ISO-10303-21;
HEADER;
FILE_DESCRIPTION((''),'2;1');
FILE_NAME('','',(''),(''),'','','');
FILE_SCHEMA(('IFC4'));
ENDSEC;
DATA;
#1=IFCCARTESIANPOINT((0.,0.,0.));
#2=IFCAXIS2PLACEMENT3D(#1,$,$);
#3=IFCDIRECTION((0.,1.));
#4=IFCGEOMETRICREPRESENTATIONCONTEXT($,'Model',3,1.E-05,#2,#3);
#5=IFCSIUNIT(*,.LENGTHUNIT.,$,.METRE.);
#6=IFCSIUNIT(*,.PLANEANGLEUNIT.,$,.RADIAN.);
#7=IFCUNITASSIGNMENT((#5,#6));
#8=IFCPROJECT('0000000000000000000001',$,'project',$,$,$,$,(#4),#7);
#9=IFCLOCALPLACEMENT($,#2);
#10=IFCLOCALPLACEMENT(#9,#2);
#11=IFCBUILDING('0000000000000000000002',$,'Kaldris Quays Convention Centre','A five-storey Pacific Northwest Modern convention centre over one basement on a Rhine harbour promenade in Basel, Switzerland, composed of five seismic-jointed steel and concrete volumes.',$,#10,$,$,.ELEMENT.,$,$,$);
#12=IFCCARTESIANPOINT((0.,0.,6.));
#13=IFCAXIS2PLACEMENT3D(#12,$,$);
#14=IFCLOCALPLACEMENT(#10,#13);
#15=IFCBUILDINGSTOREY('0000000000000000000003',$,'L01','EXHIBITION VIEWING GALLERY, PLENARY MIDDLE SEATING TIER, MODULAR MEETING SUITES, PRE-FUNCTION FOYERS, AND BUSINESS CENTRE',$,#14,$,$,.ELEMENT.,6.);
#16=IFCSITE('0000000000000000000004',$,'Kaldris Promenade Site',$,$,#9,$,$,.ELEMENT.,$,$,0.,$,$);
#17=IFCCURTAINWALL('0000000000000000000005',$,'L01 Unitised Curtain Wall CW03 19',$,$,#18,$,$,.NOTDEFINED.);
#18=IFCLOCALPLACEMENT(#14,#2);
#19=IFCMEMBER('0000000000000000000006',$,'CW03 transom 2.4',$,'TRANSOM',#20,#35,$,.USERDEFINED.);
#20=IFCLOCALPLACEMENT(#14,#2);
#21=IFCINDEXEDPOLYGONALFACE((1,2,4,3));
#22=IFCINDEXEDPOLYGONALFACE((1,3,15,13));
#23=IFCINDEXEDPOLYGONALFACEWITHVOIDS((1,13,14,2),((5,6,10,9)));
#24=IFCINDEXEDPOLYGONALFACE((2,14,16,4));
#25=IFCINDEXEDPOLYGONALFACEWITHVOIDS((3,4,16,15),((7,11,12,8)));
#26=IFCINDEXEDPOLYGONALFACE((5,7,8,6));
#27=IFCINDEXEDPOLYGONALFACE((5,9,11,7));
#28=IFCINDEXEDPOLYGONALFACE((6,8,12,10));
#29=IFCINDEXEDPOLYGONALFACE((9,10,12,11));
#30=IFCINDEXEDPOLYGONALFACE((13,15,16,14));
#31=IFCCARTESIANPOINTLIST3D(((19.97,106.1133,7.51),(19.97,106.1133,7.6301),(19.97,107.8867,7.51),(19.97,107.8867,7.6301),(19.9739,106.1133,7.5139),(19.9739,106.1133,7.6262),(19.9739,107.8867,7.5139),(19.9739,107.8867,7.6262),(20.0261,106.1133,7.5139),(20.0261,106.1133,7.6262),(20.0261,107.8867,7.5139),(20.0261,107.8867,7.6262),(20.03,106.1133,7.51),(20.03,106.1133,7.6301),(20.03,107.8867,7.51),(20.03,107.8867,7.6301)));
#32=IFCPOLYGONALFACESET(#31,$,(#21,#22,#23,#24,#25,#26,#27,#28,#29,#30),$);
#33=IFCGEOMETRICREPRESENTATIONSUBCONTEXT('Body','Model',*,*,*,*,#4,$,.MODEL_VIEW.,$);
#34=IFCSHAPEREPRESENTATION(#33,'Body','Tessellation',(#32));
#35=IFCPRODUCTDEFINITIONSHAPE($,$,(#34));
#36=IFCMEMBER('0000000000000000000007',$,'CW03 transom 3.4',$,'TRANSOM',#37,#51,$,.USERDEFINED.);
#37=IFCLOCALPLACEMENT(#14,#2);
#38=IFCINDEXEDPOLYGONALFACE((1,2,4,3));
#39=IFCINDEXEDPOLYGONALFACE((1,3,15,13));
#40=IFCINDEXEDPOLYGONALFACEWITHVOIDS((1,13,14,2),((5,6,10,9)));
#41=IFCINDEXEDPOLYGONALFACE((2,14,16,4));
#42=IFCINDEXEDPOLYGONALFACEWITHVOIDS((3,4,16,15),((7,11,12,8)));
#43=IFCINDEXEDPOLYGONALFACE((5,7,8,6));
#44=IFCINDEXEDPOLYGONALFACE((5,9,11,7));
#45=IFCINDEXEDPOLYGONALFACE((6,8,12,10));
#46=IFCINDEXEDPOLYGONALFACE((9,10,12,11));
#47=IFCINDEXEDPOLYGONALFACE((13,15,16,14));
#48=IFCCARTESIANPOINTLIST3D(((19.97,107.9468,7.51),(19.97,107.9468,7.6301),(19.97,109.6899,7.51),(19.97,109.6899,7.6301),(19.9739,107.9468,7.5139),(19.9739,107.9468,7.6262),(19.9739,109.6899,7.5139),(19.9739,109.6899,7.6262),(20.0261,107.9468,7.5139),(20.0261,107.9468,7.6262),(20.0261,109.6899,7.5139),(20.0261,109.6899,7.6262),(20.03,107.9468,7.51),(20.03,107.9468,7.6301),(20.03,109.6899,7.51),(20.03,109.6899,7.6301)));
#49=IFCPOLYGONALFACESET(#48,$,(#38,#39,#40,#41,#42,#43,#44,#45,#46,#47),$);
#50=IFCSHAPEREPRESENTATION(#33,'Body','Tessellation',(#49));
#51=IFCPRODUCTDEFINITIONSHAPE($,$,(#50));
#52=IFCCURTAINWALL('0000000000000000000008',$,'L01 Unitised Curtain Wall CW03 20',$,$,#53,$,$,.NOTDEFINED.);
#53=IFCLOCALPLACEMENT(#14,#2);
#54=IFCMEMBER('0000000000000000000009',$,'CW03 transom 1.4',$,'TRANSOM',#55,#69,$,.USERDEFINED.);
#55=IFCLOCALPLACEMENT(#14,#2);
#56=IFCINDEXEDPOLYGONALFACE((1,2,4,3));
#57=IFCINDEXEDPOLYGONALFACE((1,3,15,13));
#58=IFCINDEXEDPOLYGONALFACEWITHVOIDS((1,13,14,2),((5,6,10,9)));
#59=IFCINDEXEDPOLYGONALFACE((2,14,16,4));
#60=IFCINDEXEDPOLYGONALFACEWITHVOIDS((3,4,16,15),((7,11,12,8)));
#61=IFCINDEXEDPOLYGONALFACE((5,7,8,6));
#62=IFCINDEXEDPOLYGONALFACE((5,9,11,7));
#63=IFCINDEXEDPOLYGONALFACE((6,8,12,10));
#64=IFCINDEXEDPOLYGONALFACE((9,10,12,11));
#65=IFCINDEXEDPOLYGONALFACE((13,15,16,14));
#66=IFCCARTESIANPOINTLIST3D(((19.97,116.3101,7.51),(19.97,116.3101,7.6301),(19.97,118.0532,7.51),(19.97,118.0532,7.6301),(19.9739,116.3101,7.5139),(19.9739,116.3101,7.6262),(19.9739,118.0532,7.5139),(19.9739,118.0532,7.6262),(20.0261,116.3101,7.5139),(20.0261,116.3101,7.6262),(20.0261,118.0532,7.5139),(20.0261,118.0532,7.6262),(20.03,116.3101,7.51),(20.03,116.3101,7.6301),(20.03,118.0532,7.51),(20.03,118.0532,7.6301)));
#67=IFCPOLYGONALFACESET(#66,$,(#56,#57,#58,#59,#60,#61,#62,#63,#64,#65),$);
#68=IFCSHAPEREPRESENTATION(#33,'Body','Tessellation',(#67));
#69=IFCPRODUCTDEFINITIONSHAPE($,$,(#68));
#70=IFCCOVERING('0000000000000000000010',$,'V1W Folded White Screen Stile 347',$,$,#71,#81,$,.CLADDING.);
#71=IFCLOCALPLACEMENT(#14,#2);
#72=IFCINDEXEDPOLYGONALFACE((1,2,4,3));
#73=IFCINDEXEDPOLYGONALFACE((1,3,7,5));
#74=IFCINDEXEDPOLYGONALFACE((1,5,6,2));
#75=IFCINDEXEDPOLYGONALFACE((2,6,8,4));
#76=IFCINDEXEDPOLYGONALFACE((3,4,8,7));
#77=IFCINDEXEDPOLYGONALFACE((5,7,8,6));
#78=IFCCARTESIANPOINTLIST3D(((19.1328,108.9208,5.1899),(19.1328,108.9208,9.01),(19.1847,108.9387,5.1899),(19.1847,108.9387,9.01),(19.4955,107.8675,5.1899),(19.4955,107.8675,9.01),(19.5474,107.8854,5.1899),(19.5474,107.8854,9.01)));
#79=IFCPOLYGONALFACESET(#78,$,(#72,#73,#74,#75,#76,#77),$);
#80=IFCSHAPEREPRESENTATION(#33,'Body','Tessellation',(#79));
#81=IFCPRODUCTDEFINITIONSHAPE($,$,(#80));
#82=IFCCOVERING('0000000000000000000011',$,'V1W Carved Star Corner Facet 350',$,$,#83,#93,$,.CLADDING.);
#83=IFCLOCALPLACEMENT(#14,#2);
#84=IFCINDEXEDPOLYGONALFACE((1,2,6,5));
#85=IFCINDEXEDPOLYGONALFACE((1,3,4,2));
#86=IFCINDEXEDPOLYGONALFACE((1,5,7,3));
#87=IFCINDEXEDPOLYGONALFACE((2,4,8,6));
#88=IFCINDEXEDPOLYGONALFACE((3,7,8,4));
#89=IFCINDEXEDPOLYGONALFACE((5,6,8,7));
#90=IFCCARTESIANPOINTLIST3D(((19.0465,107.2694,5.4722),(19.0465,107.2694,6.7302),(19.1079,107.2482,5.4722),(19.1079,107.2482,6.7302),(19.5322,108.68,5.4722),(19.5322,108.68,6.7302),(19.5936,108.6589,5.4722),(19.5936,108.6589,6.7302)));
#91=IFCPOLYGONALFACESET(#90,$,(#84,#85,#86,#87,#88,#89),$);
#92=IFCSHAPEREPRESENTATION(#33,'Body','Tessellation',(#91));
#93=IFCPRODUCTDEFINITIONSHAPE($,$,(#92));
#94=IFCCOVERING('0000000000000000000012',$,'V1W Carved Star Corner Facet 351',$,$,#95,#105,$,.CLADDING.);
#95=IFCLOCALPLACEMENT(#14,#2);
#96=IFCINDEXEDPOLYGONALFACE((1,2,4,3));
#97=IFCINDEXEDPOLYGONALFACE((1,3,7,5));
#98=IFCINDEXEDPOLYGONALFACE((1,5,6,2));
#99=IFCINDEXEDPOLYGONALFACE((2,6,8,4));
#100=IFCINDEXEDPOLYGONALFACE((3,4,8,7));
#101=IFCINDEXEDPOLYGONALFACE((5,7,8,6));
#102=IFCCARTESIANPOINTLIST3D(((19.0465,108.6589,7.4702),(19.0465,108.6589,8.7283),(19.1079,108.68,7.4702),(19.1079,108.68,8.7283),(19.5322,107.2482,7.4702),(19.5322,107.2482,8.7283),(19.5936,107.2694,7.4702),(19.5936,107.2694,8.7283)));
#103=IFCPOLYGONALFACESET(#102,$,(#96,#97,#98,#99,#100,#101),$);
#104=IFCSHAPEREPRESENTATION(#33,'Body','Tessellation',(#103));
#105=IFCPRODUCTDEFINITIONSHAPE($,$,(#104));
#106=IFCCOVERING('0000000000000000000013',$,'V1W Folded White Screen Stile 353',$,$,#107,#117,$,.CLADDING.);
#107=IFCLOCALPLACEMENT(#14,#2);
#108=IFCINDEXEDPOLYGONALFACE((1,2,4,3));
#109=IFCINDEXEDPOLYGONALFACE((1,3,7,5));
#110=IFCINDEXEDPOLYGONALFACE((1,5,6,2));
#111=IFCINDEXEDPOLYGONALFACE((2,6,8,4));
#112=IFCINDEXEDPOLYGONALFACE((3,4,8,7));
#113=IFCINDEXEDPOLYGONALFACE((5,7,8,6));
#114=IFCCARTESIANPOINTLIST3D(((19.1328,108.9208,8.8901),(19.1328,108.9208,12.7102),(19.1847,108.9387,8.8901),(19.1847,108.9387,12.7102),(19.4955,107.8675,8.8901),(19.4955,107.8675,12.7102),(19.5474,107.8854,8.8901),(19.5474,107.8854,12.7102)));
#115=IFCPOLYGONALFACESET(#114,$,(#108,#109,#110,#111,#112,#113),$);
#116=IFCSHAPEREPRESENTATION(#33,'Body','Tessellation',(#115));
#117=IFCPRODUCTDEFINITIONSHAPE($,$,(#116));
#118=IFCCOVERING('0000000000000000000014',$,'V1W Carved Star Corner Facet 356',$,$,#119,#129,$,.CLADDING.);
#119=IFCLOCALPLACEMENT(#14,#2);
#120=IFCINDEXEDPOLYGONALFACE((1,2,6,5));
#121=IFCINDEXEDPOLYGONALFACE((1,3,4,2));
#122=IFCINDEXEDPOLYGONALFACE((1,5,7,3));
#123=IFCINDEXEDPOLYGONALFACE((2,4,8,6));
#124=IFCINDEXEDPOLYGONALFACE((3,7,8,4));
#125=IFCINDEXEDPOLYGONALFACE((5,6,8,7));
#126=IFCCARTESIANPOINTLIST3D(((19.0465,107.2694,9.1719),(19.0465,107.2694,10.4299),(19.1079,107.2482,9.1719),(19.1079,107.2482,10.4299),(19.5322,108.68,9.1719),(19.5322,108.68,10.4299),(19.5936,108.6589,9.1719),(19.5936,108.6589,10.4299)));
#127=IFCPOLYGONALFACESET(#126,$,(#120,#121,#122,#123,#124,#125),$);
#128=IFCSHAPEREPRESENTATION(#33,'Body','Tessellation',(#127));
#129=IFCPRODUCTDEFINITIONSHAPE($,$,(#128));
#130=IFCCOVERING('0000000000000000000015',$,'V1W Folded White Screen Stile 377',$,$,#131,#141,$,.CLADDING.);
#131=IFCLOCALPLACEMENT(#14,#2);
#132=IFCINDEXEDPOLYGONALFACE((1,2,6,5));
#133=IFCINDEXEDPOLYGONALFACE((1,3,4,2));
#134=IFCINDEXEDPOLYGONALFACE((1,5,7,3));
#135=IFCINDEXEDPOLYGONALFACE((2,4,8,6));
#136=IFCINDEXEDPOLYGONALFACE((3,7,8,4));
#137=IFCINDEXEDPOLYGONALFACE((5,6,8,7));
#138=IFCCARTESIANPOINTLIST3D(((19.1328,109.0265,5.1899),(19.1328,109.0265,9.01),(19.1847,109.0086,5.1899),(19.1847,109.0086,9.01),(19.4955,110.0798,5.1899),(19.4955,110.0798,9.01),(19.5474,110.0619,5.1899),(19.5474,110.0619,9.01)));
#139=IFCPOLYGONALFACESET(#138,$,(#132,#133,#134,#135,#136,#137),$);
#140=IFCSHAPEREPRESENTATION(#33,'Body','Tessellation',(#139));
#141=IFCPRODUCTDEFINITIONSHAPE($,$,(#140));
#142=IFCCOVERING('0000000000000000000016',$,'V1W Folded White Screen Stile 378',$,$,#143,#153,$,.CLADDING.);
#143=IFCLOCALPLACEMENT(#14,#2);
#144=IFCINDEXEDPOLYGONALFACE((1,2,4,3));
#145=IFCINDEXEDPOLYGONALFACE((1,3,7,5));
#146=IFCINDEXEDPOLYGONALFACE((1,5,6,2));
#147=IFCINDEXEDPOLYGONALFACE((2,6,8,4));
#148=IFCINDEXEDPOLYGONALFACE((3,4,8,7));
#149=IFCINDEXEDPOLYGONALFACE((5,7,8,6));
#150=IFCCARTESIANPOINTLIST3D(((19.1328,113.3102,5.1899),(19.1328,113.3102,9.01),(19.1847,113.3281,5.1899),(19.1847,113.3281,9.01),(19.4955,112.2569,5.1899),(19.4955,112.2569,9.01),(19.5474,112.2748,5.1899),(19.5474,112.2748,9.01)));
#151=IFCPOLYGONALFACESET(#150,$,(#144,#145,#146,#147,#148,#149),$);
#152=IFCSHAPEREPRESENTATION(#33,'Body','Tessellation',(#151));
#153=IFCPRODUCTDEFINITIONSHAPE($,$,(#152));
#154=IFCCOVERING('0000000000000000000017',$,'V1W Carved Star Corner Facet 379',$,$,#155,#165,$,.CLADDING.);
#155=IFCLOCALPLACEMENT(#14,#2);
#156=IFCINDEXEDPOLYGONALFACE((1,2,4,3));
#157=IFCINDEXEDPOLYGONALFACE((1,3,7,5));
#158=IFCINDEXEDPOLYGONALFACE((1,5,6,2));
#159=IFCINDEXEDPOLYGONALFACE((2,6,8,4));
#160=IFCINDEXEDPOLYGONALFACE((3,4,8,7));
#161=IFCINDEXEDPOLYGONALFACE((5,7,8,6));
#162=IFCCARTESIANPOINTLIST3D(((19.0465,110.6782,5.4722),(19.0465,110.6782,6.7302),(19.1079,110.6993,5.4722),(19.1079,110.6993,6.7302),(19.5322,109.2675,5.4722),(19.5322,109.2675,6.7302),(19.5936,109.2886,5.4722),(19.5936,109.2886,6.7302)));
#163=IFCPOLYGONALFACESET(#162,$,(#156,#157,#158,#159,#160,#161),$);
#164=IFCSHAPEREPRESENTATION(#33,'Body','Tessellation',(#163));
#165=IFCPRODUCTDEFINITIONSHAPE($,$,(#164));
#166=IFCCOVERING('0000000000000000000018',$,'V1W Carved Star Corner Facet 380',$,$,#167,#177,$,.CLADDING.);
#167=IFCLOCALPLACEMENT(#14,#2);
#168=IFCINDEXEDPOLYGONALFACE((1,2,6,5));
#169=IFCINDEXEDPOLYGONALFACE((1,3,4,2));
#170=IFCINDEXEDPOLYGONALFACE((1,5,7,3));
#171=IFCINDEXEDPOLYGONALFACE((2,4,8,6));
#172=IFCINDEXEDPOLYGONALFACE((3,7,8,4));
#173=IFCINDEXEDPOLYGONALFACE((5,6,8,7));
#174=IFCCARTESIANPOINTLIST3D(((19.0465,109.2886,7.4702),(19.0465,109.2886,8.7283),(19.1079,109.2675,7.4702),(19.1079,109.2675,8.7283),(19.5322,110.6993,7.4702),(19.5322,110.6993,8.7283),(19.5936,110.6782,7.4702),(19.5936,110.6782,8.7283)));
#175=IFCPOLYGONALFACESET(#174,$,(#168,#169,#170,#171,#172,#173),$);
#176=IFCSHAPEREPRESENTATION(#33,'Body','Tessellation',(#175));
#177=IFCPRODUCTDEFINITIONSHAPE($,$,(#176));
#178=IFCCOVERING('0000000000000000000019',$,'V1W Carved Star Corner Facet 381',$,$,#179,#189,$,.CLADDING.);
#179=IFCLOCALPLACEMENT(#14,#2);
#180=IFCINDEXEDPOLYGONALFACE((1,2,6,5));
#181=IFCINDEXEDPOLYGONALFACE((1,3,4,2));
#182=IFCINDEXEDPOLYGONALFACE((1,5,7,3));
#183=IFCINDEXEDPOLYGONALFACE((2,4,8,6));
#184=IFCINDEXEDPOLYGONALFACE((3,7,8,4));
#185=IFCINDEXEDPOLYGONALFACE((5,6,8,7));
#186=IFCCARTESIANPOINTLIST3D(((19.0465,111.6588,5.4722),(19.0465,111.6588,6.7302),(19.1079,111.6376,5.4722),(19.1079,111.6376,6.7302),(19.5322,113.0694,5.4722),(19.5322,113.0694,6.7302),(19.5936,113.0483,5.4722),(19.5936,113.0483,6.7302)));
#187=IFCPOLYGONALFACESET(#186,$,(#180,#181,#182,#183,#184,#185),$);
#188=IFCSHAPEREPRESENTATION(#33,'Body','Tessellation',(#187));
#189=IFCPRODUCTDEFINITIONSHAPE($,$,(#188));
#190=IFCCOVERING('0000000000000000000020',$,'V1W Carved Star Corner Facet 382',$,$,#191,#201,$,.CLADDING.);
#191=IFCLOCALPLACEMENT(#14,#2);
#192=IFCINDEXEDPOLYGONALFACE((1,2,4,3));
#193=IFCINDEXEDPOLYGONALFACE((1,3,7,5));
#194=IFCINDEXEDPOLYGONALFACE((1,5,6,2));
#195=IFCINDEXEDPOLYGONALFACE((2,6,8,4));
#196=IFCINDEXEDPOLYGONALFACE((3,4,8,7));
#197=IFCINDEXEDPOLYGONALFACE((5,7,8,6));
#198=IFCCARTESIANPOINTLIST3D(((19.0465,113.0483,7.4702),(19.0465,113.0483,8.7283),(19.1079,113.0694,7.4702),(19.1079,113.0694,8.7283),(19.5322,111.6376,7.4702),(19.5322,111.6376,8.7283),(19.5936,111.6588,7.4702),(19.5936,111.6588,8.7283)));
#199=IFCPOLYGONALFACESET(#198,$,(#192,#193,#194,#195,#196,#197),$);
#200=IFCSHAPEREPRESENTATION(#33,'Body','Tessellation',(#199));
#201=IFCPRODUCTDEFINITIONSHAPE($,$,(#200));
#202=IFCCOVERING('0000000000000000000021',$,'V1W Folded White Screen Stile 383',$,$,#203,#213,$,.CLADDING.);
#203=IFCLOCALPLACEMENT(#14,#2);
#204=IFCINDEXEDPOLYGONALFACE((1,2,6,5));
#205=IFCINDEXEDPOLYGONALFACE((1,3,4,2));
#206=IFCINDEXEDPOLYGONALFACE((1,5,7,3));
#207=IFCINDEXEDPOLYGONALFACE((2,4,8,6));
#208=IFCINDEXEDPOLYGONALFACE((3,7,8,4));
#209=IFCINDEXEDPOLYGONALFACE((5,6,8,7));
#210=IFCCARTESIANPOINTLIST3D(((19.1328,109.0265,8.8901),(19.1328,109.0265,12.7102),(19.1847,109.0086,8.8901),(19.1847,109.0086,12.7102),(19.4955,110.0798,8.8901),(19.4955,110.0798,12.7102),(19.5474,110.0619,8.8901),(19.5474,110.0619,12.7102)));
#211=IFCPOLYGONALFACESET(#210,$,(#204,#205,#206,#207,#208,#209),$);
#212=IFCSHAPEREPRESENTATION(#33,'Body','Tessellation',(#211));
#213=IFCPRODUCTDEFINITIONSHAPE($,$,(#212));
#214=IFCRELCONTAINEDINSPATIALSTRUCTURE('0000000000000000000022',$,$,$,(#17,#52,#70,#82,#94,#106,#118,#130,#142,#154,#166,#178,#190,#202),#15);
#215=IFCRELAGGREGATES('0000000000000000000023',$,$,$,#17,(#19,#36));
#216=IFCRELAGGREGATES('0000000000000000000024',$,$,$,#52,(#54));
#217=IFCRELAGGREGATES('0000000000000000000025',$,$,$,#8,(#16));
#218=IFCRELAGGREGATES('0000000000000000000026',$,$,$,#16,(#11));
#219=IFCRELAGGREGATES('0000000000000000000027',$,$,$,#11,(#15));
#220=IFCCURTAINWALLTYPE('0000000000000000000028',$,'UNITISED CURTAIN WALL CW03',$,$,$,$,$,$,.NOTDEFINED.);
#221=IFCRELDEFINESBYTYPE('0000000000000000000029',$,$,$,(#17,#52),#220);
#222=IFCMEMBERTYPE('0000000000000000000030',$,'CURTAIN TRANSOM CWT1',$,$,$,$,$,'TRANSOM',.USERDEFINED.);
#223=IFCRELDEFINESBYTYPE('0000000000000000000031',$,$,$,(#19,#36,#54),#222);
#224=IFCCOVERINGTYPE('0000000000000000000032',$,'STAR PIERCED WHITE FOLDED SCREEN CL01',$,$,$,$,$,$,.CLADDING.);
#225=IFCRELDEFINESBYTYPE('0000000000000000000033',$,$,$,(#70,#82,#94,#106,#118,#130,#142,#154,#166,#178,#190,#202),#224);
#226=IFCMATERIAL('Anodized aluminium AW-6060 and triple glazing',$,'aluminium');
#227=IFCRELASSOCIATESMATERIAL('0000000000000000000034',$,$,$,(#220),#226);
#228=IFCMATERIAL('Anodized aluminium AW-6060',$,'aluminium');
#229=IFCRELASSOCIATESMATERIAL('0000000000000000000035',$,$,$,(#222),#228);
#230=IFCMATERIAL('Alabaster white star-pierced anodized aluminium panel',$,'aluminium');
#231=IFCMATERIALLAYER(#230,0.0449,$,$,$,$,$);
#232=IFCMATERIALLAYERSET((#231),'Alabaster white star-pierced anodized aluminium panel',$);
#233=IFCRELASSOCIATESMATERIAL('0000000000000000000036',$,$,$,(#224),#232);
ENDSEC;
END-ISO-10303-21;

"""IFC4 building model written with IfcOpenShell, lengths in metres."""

from ifc_helpers import new_model, si_unit, direction, frame, origin, origin_2d, place, context, subcontext, project, spatial, rectangle, hollow_rectangle, extrude, material, layer, layer_set, material_profile, profile_set, type_object, element, aggregate, save


model = new_model("IFC4")

# Units and contexts
model_context = context("Model", 3, precision=1e-05, world=origin(), true_north=direction((0.0, 1.0)))
body_context = subcontext(model_context, "Body", "Model", "MODEL_VIEW")
ifc_project = project(units=[si_unit("LENGTHUNIT", "METRE"), si_unit("PLANEANGLEUNIT", "RADIAN")], contexts=[model_context])

# Site, building, storey
site_placement = place(None, origin())
site = spatial("IfcSite", under=ifc_project, at=site_placement, Name="Kaldris Promenade Site", CompositionType="ELEMENT", RefElevation=0.0)
building_placement = place(site_placement, origin())
building = spatial("IfcBuilding", under=site, at=building_placement, Name="Kaldris Quays Convention Centre", Description="A five-storey Pacific Northwest Modern convention centre over one basement on a Rhine harbour promenade in Basel, Switzerland, composed of five seismic-jointed steel and concrete volumes.", CompositionType="ELEMENT")
storey_placement = place(building_placement, frame((0.0, 0.0, 6.0)))
storey = spatial("IfcBuildingStorey", under=building, at=storey_placement, Name="L01", Description="EXHIBITION VIEWING GALLERY, PLENARY MIDDLE SEATING TIER, MODULAR MEETING SUITES, PRE-FUNCTION FOYERS, AND BUSINESS CENTRE", CompositionType="ELEMENT", Elevation=6.0)

# Curtain wall, members
ifc_material_1 = material(Name="Anodized aluminium AW-6060 and triple glazing", Category="aluminium")
curtain_wall_type = type_object("IfcCurtainWallType", Name="UNITISED CURTAIN WALL CW03", PredefinedType="NOTDEFINED", material=ifc_material_1)
curtain_wall_1_placement = place(storey_placement, origin())
curtain_wall_1 = element("IfcCurtainWall", 1, at=curtain_wall_1_placement, inside=storey, type_object=curtain_wall_type, Name="L01 Unitised Curtain Wall CW03 19", PredefinedType="NOTDEFINED")
ifc_material_2 = material(Name="Anodized aluminium AW-6060", Category="aluminium")
ifc_material_profile = material_profile(ifc_material_2, hollow_rectangle(XDim=0.0601, YDim=0.1201, WallThickness=0.0039, at=origin_2d()), Name="RHS 120x60x4")
ifc_profile_set = profile_set([ifc_material_profile], Name="Anodized aluminium AW-6060")
member_type = type_object("IfcMemberType", Name="CURTAIN TRANSOM CWT1", ElementType="TRANSOM", PredefinedType="USERDEFINED", material=ifc_profile_set)
member_1_placement = place(storey_placement, frame((20.0, 106.1133, 7.5701), z_axis=(0.0, 1.0, 0.0), x_axis=(-1.0, 0.0, 0.0)))
member_1 = element("IfcMember", 2, at=member_1_placement, type_object=member_type, Name="CW03 transom 2.4", ObjectType="TRANSOM", PredefinedType="USERDEFINED", context=body_context, shape_type="SweptSolid", body=[
    extrude(hollow_rectangle(XDim=0.0601, YDim=0.1201, WallThickness=0.0039, at=origin_2d()), origin(), (0.0, 0.0, 1.0), 1.7734),
])
member_2_placement = place(storey_placement, frame((20.0, 107.9468, 7.5701), z_axis=(0.0, 1.0, 0.0), x_axis=(-1.0, 0.0, 0.0)))
member_2 = element("IfcMember", 3, at=member_2_placement, type_object=member_type, Name="CW03 transom 3.4", ObjectType="TRANSOM", PredefinedType="USERDEFINED", context=body_context, shape_type="SweptSolid", body=[
    extrude(hollow_rectangle(XDim=0.0601, YDim=0.1201, WallThickness=0.0039, at=origin_2d()), origin(), (0.0, 0.0, 1.0), 1.7432),
])
aggregate(curtain_wall_1, [member_1, member_2])

# Curtain wall, member
curtain_wall_2_placement = place(storey_placement, origin())
curtain_wall_2 = element("IfcCurtainWall", 4, at=curtain_wall_2_placement, inside=storey, type_object=curtain_wall_type, Name="L01 Unitised Curtain Wall CW03 20", PredefinedType="NOTDEFINED")
member_3_placement = place(storey_placement, frame((20.0, 116.3101, 7.5701), z_axis=(0.0, 1.0, 0.0), x_axis=(-1.0, 0.0, 0.0)))
member_3 = element("IfcMember", 5, at=member_3_placement, type_object=member_type, Name="CW03 transom 1.4", ObjectType="TRANSOM", PredefinedType="USERDEFINED", context=body_context, shape_type="SweptSolid", body=[
    extrude(hollow_rectangle(XDim=0.0601, YDim=0.1201, WallThickness=0.0039, at=origin_2d()), origin(), (0.0, 0.0, 1.0), 1.7432),
])
aggregate(curtain_wall_2, [member_3])

# Coverings
ifc_material_3 = material(Name="Alabaster white star-pierced anodized aluminium panel", Category="aluminium")
ifc_layer = layer(ifc_material_3, 0.0449)
ifc_layer_set = layer_set([ifc_layer], Name="Alabaster white star-pierced anodized aluminium panel")
covering_type = type_object("IfcCoveringType", Name="STAR PIERCED WHITE FOLDED SCREEN CL01", PredefinedType="CLADDING", material=ifc_layer_set)
covering_1_placement = place(storey_placement, frame((19.3401, 108.4031, 5.1899), z_axis=(0.0, 0.0, 1.0), x_axis=(-0.325568, 0.945519, 0.0)))
element("IfcCovering", 6, at=covering_1_placement, inside=storey, type_object=covering_type, Name="V1W Folded White Screen Stile 347", PredefinedType="CLADDING", context=body_context, shape_type="SweptSolid", body=[
    extrude(rectangle(XDim=1.114, YDim=0.0549, at=origin_2d()), origin(), (0.0, 0.0, 1.0), 3.8201),
])
for number, where, z_axis, x_axis, name in (
    (7, (19.3201, 107.9641, 5.4722), (0.0, 0.0, 1.0), (0.325568, 0.945519, 0.0), "V1W Carved Star Corner Facet 350"),
    (8, (19.3201, 107.9641, 7.4702), (0.0, 0.0, 1.0), (-0.325568, 0.945519, 0.0), "V1W Carved Star Corner Facet 351"),
):
    element("IfcCovering", number, at=place(storey_placement, frame(where, z_axis=z_axis, x_axis=x_axis)), inside=storey, type_object=covering_type, Name=name, PredefinedType="CLADDING", context=body_context, shape_type="SweptSolid", body=[
        extrude(rectangle(XDim=1.4919, YDim=0.0649, at=origin_2d()), origin(), (0.0, 0.0, 1.0), 1.2581),
    ])
covering_2_placement = place(storey_placement, frame((19.3401, 108.4031, 8.8901), z_axis=(0.0, 0.0, 1.0), x_axis=(-0.325568, 0.945519, 0.0)))
element("IfcCovering", 9, at=covering_2_placement, inside=storey, type_object=covering_type, Name="V1W Folded White Screen Stile 353", PredefinedType="CLADDING", context=body_context, shape_type="SweptSolid", body=[
    extrude(rectangle(XDim=1.114, YDim=0.0549, at=origin_2d()), origin(), (0.0, 0.0, 1.0), 3.8201),
])
covering_3_placement = place(storey_placement, frame((19.3201, 107.9641, 9.1719), z_axis=(0.0, 0.0, 1.0), x_axis=(0.325568, 0.945519, 0.0)))
element("IfcCovering", 10, at=covering_3_placement, inside=storey, type_object=covering_type, Name="V1W Carved Star Corner Facet 356", PredefinedType="CLADDING", context=body_context, shape_type="SweptSolid", body=[
    extrude(rectangle(XDim=1.4919, YDim=0.0649, at=origin_2d()), origin(), (0.0, 0.0, 1.0), 1.2581),
])
for number, where, z_axis, x_axis, name in (
    (11, (19.3401, 109.5442, 5.1899), (0.0, 0.0, 1.0), (0.325568, 0.945519, 0.0), "V1W Folded White Screen Stile 377"),
    (12, (19.3401, 112.7925, 5.1899), (0.0, 0.0, 1.0), (-0.325568, 0.945519, 0.0), "V1W Folded White Screen Stile 378"),
):
    element("IfcCovering", number, at=place(storey_placement, frame(where, z_axis=z_axis, x_axis=x_axis)), inside=storey, type_object=covering_type, Name=name, PredefinedType="CLADDING", context=body_context, shape_type="SweptSolid", body=[
        extrude(rectangle(XDim=1.114, YDim=0.0549, at=origin_2d()), origin(), (0.0, 0.0, 1.0), 3.8201),
    ])
for number, where, z_axis, x_axis, name in (
    (13, (19.3201, 109.9834, 5.4722), (0.0, 0.0, 1.0), (-0.325568, 0.945519, 0.0), "V1W Carved Star Corner Facet 379"),
    (14, (19.3201, 109.9834, 7.4702), (0.0, 0.0, 1.0), (0.325568, 0.945519, 0.0), "V1W Carved Star Corner Facet 380"),
    (15, (19.3201, 112.3535, 5.4722), (0.0, 0.0, 1.0), (0.325568, 0.945519, 0.0), "V1W Carved Star Corner Facet 381"),
    (16, (19.3201, 112.3535, 7.4702), (0.0, 0.0, 1.0), (-0.325568, 0.945519, 0.0), "V1W Carved Star Corner Facet 382"),
):
    element("IfcCovering", number, at=place(storey_placement, frame(where, z_axis=z_axis, x_axis=x_axis)), inside=storey, type_object=covering_type, Name=name, PredefinedType="CLADDING", context=body_context, shape_type="SweptSolid", body=[
        extrude(rectangle(XDim=1.4919, YDim=0.0649, at=origin_2d()), origin(), (0.0, 0.0, 1.0), 1.2581),
    ])
for number, where, z_axis, x_axis, name in (
    (17, (19.3401, 109.5442, 8.8901), (0.0, 0.0, 1.0), (0.325568, 0.945519, 0.0), "V1W Folded White Screen Stile 383"),
):
    element("IfcCovering", number, at=place(storey_placement, frame(where, z_axis=z_axis, x_axis=x_axis)), inside=storey, type_object=covering_type, Name=name, PredefinedType="CLADDING", context=body_context, shape_type="SweptSolid", body=[
        extrude(rectangle(XDim=1.114, YDim=0.0549, at=origin_2d()), origin(), (0.0, 0.0, 1.0), 3.8201),
    ])

save(model, "model.ifc")
